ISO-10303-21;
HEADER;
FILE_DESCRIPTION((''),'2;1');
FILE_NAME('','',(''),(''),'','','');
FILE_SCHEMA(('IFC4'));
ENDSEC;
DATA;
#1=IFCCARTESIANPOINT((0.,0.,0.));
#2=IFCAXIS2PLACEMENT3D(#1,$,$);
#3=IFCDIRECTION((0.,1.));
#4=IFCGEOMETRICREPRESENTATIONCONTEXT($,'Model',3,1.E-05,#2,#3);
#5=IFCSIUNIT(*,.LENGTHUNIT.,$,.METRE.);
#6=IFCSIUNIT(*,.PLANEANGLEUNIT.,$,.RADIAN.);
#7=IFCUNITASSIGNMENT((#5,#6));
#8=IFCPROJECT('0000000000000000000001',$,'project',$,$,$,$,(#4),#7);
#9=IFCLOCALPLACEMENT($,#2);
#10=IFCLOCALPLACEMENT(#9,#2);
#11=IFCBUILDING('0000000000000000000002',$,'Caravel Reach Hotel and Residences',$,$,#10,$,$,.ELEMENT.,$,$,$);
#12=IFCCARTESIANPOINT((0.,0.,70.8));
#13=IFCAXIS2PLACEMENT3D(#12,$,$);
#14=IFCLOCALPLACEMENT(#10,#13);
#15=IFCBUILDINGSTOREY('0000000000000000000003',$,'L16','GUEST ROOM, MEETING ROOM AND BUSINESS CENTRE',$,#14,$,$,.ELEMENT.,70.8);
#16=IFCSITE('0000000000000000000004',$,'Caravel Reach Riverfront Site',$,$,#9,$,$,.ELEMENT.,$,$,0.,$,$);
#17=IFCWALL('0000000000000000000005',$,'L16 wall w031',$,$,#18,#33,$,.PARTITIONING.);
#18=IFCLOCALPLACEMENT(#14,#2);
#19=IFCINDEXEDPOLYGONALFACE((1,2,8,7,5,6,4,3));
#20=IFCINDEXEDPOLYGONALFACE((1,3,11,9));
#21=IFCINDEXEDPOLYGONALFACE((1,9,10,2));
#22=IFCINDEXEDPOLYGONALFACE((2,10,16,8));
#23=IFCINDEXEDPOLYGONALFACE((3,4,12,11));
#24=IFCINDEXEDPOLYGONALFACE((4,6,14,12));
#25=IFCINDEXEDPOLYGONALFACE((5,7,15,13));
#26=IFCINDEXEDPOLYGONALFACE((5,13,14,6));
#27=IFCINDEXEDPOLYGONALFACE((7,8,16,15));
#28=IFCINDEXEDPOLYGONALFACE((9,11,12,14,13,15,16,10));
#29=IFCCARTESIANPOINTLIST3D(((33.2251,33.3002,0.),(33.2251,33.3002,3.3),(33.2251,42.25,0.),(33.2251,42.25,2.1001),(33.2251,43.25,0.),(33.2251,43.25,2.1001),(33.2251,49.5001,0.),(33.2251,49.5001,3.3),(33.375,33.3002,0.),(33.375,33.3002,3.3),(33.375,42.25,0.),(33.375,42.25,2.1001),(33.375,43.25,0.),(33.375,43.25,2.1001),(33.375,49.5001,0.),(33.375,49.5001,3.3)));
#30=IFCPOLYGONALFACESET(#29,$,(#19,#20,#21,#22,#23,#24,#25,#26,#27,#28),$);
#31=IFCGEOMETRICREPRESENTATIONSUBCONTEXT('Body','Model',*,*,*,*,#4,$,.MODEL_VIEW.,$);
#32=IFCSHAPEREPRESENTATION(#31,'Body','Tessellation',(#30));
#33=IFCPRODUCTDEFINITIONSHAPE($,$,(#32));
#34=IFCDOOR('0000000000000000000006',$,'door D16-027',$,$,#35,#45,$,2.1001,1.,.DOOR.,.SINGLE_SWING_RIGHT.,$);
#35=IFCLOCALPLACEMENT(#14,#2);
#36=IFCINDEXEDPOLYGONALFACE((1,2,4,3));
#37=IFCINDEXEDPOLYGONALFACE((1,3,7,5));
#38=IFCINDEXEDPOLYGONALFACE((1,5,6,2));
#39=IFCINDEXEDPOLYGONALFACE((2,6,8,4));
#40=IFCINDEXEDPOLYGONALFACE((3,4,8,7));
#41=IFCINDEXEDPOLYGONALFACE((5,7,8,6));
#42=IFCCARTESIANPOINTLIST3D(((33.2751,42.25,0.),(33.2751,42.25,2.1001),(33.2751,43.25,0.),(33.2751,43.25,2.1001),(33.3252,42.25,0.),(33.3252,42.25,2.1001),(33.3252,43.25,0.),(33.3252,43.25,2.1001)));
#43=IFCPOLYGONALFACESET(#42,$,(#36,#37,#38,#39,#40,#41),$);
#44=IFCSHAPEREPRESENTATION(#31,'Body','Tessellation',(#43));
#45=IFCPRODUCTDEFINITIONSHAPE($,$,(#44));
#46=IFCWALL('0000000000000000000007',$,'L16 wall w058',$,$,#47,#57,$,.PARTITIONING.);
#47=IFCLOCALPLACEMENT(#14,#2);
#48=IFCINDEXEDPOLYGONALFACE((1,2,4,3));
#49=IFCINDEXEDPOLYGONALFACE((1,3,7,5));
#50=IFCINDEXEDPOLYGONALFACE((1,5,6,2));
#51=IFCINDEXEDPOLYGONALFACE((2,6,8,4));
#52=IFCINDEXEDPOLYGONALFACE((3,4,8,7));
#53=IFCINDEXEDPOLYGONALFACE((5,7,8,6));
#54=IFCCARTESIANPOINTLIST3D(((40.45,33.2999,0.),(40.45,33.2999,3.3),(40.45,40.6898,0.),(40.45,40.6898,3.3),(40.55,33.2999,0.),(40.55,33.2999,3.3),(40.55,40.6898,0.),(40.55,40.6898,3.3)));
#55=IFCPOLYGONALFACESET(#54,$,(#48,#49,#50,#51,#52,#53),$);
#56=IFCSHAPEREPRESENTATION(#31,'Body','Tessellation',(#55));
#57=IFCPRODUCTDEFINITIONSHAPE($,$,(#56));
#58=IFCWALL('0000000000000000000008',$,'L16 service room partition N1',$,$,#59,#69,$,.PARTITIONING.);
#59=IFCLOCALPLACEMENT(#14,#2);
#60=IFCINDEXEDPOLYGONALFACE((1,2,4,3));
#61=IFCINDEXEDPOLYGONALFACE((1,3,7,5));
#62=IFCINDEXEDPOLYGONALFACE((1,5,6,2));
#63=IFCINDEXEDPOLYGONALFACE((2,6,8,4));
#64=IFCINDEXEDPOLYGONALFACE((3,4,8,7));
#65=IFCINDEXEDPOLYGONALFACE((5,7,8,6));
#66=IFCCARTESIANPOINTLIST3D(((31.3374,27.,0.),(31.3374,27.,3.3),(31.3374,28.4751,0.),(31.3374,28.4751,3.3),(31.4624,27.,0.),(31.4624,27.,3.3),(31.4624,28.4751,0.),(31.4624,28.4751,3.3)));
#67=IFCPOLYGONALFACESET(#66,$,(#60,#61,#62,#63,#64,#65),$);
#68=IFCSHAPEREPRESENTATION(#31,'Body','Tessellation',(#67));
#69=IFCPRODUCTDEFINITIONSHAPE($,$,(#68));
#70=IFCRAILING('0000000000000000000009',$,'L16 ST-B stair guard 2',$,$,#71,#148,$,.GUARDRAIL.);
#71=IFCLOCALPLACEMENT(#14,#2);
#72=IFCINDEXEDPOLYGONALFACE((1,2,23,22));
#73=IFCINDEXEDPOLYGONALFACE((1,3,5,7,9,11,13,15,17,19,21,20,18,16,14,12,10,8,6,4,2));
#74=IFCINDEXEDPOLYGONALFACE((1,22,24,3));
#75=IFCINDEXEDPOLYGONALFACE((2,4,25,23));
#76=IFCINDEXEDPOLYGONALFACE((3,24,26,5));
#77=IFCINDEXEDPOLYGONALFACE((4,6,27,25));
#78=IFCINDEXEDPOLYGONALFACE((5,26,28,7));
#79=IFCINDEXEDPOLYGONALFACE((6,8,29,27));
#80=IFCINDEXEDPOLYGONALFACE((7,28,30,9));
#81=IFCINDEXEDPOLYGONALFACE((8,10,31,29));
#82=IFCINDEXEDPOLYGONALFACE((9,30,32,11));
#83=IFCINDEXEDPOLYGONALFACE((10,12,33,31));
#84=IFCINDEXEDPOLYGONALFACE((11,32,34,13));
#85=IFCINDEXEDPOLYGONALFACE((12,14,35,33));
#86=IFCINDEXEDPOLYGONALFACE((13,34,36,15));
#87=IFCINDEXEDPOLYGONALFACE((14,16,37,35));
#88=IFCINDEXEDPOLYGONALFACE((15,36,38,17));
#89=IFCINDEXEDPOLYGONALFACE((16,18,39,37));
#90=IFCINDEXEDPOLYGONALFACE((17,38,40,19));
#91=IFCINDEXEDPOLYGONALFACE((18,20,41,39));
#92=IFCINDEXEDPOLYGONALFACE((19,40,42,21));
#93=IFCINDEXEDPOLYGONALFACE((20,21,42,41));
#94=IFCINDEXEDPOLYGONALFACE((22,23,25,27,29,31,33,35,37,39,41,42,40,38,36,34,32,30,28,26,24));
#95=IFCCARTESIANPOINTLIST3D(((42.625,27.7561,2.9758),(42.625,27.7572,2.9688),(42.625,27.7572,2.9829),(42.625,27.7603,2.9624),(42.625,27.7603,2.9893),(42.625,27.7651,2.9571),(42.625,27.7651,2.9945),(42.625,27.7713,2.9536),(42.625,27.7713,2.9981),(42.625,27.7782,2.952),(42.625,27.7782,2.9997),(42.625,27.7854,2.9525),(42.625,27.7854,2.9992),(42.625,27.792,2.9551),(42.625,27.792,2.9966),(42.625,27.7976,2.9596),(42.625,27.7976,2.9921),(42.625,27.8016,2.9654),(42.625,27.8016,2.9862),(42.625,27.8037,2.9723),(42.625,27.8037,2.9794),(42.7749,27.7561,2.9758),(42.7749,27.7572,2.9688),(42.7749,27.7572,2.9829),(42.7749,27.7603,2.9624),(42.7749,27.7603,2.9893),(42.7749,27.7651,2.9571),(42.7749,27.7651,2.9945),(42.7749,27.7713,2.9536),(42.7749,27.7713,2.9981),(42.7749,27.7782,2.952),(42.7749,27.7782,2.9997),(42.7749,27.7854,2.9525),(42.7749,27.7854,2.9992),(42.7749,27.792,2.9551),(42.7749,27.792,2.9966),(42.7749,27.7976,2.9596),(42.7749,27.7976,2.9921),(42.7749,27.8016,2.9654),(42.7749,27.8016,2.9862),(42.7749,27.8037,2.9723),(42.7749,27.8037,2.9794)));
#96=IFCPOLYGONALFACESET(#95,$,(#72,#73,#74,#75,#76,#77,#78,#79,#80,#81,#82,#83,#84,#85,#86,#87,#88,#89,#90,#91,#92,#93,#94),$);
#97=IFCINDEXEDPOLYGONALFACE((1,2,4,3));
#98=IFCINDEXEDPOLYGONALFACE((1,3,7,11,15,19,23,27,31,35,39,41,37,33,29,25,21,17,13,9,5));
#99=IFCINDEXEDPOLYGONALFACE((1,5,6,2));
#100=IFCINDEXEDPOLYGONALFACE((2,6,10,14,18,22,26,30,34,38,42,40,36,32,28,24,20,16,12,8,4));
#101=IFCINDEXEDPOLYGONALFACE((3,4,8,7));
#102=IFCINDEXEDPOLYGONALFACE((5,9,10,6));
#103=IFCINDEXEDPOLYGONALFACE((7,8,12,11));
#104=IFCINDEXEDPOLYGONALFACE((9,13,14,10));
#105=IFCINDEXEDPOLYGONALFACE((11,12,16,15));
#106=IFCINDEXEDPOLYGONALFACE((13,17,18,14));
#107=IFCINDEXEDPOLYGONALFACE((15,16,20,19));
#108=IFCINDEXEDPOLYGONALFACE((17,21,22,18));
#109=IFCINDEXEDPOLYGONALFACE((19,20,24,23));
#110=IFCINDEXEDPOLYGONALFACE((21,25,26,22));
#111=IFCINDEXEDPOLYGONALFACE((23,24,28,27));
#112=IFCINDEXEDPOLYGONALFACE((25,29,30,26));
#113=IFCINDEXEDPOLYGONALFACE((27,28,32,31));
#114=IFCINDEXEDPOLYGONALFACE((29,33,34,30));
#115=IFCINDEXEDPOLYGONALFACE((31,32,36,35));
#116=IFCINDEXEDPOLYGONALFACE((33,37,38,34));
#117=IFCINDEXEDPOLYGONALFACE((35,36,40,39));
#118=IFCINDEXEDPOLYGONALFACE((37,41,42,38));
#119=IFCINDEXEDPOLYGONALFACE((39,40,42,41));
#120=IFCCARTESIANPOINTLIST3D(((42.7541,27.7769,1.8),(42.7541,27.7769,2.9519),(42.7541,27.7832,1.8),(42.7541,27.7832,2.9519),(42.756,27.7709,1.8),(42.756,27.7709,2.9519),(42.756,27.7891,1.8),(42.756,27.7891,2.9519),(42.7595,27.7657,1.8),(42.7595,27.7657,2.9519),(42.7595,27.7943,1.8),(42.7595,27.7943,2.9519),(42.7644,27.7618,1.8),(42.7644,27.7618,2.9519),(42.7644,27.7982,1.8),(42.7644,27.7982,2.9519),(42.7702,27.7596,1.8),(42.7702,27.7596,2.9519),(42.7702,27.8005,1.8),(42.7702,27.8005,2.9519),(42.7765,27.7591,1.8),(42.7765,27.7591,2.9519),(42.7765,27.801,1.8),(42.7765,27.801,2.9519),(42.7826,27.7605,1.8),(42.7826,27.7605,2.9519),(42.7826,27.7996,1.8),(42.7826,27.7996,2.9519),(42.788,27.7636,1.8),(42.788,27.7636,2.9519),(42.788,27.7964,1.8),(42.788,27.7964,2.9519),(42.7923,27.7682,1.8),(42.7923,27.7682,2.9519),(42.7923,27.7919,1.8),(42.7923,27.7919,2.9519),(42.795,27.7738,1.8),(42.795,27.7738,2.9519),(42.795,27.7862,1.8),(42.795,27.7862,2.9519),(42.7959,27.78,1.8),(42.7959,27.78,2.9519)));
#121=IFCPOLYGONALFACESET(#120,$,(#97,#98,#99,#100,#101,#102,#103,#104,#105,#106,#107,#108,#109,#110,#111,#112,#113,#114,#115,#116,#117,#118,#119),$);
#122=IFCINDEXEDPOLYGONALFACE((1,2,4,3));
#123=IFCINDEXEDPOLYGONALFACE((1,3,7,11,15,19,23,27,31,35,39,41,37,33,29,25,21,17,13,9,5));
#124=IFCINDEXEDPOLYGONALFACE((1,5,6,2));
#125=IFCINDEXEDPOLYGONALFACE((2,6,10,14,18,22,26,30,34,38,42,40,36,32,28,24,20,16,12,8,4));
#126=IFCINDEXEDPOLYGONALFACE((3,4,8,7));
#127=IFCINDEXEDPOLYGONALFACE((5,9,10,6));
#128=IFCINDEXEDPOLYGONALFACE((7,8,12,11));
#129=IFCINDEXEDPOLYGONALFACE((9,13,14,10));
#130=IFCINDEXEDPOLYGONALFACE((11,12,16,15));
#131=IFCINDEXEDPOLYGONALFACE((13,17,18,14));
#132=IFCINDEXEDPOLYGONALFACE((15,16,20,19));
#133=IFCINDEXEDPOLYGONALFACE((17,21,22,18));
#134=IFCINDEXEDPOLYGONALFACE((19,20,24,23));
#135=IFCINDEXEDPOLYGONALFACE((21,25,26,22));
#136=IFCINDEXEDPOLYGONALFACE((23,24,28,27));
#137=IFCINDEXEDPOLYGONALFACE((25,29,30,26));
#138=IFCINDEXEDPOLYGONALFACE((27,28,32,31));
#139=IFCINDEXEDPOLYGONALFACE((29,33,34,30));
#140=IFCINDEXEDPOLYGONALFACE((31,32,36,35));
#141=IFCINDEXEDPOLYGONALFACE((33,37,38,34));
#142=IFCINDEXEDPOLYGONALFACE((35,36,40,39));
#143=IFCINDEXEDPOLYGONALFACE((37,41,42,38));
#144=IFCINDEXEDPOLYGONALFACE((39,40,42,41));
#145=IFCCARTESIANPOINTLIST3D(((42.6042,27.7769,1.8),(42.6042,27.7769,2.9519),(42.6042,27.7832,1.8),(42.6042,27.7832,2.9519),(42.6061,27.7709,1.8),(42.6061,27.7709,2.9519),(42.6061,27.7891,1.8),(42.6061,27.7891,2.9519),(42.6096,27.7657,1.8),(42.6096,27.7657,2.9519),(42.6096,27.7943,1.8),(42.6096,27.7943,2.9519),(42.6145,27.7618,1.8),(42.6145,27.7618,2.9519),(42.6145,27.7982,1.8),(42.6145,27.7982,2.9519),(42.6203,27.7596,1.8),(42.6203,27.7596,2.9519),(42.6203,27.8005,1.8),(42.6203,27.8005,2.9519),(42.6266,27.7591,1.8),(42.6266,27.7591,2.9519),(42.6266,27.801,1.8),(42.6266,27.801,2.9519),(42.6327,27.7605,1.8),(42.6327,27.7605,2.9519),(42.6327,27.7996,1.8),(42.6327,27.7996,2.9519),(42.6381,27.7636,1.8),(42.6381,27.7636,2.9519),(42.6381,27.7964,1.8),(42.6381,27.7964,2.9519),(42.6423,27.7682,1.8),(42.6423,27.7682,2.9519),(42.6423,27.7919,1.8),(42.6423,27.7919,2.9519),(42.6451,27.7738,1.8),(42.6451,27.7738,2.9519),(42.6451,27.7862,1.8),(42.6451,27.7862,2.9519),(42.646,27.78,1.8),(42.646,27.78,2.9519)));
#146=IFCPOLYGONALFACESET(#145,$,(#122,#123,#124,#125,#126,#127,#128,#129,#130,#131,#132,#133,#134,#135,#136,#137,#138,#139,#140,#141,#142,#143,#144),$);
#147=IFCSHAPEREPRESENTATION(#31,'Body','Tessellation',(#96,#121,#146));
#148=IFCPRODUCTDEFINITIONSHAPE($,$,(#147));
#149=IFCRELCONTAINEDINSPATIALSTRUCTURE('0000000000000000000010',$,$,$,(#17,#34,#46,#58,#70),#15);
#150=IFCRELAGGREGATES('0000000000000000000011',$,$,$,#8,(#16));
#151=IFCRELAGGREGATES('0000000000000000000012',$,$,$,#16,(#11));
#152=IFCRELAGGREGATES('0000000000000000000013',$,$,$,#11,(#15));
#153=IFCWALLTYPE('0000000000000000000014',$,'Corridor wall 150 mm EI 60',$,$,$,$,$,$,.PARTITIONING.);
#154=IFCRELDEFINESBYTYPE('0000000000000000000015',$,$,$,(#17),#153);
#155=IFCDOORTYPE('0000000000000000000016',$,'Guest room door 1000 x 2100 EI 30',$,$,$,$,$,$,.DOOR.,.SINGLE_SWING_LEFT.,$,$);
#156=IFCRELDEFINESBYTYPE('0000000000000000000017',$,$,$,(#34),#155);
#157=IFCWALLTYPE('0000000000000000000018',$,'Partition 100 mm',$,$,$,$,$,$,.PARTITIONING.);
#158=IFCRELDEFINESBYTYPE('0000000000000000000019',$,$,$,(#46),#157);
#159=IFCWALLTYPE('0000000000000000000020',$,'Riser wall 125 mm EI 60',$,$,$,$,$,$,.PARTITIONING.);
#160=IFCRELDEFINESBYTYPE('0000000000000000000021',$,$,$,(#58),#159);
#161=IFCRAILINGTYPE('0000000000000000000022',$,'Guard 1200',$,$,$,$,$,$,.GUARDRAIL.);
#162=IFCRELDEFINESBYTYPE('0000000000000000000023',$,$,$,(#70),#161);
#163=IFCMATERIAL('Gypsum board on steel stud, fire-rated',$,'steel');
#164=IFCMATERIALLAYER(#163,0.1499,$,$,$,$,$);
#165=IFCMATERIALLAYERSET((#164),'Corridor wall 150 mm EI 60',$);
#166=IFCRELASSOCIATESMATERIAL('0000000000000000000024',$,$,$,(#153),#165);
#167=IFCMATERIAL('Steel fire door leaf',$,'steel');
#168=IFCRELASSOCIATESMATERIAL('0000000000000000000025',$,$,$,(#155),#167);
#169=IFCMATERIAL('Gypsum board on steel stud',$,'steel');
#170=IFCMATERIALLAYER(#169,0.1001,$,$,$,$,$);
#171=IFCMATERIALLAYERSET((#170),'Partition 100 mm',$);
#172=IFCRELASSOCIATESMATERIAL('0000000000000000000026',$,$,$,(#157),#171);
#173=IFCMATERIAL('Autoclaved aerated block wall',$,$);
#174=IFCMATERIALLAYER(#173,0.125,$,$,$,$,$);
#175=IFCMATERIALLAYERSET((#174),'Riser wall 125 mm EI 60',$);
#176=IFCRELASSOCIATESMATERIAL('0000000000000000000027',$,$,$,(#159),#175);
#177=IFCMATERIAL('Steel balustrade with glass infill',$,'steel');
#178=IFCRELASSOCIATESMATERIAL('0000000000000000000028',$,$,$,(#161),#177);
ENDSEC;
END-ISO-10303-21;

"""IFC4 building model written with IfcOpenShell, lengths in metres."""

from ifc_helpers import new_model, si_unit, direction, frame, frame_2d, origin, origin_2d, place, context, subcontext, project, spatial, rectangle, circle, extrude, material, layer, layer_set, type_object, element, fill, save


model = new_model("IFC4")

# Units and contexts
model_context = context("Model", 3, precision=1e-05, world=origin(), true_north=direction((0.0, 1.0)))
body_context = subcontext(model_context, "Body", "Model", "MODEL_VIEW")
ifc_project = project(units=[si_unit("LENGTHUNIT", "METRE"), si_unit("PLANEANGLEUNIT", "RADIAN")], contexts=[model_context])

# Site, building, storey
site_placement = place(None, origin())
site = spatial("IfcSite", under=ifc_project, at=site_placement, Name="Caravel Reach Riverfront Site", CompositionType="ELEMENT", RefElevation=0.0)
building_placement = place(site_placement, origin())
building = spatial("IfcBuilding", under=site, at=building_placement, Name="Caravel Reach Hotel and Residences", CompositionType="ELEMENT")
storey_placement = place(building_placement, frame((0.0, 0.0, 70.8)))
storey = spatial("IfcBuildingStorey", under=building, at=storey_placement, Name="L16", Description="GUEST ROOM, MEETING ROOM AND BUSINESS CENTRE", CompositionType="ELEMENT", Elevation=70.8)

# Shared definitions
ifc_material_1 = material(Name="Gypsum board on steel stud, fire-rated", Category="steel")
ifc_layer_1 = layer(ifc_material_1, 0.1499)
ifc_layer_set_1 = layer_set([ifc_layer_1], Name="Corridor wall 150 mm EI 60")
wall_type_1 = type_object("IfcWallType", Name="Corridor wall 150 mm EI 60", PredefinedType="PARTITIONING", material=ifc_layer_set_1)
ifc_material_2 = material(Name="Steel fire door leaf", Category="steel")
door_type_1 = type_object("IfcDoorType", Name="Guest room door 1000 x 2100 EI 30", OperationType="SINGLE_SWING_LEFT", PredefinedType="DOOR", material=ifc_material_2)

# Wall, opening, door
wall_1_placement = place(storey_placement, frame((33.3, 33.3, 0.0), z_axis=(0.0, 0.0, 1.0), x_axis=(0.0, 1.0, 0.0)))
wall_1 = element("IfcWall", 1, at=wall_1_placement, inside=storey, type_object=wall_type_1, Name="L16 wall w031", PredefinedType="PARTITIONING", context=body_context, shape_type="SweptSolid", body=[
    extrude(rectangle(XDim=16.2, YDim=0.1499, at=frame_2d((8.1001, 0.0))), origin(), (0.0, 0.0, 1.0), 3.3),
])
opening_1_placement = place(wall_1_placement, frame((8.95, 0.0, 0.0)))
opening_1 = element("IfcOpeningElement", 2, at=opening_1_placement, cuts=wall_1, PredefinedType="OPENING", context=body_context, shape_type="SweptSolid", body=[
    extrude(rectangle(XDim=1.0, YDim=2.1001, at=frame_2d((0.5, 1.05))), frame((0.0, 0.085, 0.0), z_axis=(0.0, -1.0, 0.0), x_axis=(1.0, 0.0, 0.0)), (0.0, 0.0, 1.0), 0.1699),
])
door_1_placement = place(opening_1_placement, origin())
door_1 = element("IfcDoor", 3, at=door_1_placement, inside=storey, type_object=door_type_1, Name="door D16-027", OperationType="SINGLE_SWING_RIGHT", OverallHeight=2.1001, OverallWidth=1.0, PredefinedType="DOOR", context=body_context, shape_type="SweptSolid", body=[
    extrude(rectangle(XDim=1.0, YDim=2.1001, at=frame_2d((0.5, 1.05))), frame((0.0, 0.0249, 0.0), z_axis=(0.0, -1.0, 0.0), x_axis=(1.0, 0.0, 0.0)), (0.0, 0.0, 1.0), 0.05),
])
fill(opening_1, door_1)

# Walls
ifc_material_3 = material(Name="Gypsum board on steel stud", Category="steel")
ifc_layer_2 = layer(ifc_material_3, 0.1001)
ifc_layer_set_2 = layer_set([ifc_layer_2], Name="Partition 100 mm")
wall_type_2 = type_object("IfcWallType", Name="Partition 100 mm", PredefinedType="PARTITIONING", material=ifc_layer_set_2)
wall_2_placement = place(storey_placement, frame((40.5, 33.3, 0.0), z_axis=(0.0, 0.0, 1.0), x_axis=(0.0, 1.0, 0.0)))
element("IfcWall", 4, at=wall_2_placement, inside=storey, type_object=wall_type_2, Name="L16 wall w058", PredefinedType="PARTITIONING", context=body_context, shape_type="SweptSolid", body=[
    extrude(rectangle(XDim=7.3899, YDim=0.1001, at=frame_2d((3.6948, 0.0))), origin(), (0.0, 0.0, 1.0), 3.3),
])
ifc_material_4 = material(Name="Autoclaved aerated block wall")
ifc_layer_3 = layer(ifc_material_4, 0.125)
ifc_layer_set_3 = layer_set([ifc_layer_3], Name="Riser wall 125 mm EI 60")
wall_type_3 = type_object("IfcWallType", Name="Riser wall 125 mm EI 60", PredefinedType="PARTITIONING", material=ifc_layer_set_3)
wall_3_placement = place(storey_placement, frame((31.3999, 28.4751, 0.0), z_axis=(0.0, 0.0, 1.0), x_axis=(0.0, -1.0, 0.0)))
element("IfcWall", 5, at=wall_3_placement, inside=storey, type_object=wall_type_3, Name="L16 service room partition N1", PredefinedType="PARTITIONING", context=body_context, shape_type="SweptSolid", body=[
    extrude(rectangle(XDim=1.4751, YDim=0.125, at=frame_2d((0.7375, 0.0))), origin(), (0.0, 0.0, 1.0), 3.3),
])

# Railing
ifc_material_5 = material(Name="Steel balustrade with glass infill", Category="steel")
railing_type_1 = type_object("IfcRailingType", Name="Guard 1200", PredefinedType="GUARDRAIL", material=ifc_material_5)
railing_1_placement = place(storey_placement, frame((42.7749, 27.78, 1.8)))
element("IfcRailing", 6, at=railing_1_placement, inside=storey, type_object=railing_type_1, Name="L16 ST-B stair guard 2", PredefinedType="GUARDRAIL", context=body_context, shape_type="SweptSolid", body=[
    extrude(circle(Radius=0.0239, at=origin_2d()), frame((0.0, 0.0, 1.1758), z_axis=(-1.0, 0.0, 0.0), x_axis=(0.0, -1.0, 0.0)), (0.0, 0.0, 1.0), 0.1499),
    extrude(circle(Radius=0.021, at=origin_2d()), origin(), (0.0, 0.0, 1.0), 1.1519),
    extrude(circle(Radius=0.021, at=origin_2d()), frame((-0.1499, 0.0, 0.0)), (0.0, 0.0, 1.0), 1.1519),
])

save(model, "model.ifc")
